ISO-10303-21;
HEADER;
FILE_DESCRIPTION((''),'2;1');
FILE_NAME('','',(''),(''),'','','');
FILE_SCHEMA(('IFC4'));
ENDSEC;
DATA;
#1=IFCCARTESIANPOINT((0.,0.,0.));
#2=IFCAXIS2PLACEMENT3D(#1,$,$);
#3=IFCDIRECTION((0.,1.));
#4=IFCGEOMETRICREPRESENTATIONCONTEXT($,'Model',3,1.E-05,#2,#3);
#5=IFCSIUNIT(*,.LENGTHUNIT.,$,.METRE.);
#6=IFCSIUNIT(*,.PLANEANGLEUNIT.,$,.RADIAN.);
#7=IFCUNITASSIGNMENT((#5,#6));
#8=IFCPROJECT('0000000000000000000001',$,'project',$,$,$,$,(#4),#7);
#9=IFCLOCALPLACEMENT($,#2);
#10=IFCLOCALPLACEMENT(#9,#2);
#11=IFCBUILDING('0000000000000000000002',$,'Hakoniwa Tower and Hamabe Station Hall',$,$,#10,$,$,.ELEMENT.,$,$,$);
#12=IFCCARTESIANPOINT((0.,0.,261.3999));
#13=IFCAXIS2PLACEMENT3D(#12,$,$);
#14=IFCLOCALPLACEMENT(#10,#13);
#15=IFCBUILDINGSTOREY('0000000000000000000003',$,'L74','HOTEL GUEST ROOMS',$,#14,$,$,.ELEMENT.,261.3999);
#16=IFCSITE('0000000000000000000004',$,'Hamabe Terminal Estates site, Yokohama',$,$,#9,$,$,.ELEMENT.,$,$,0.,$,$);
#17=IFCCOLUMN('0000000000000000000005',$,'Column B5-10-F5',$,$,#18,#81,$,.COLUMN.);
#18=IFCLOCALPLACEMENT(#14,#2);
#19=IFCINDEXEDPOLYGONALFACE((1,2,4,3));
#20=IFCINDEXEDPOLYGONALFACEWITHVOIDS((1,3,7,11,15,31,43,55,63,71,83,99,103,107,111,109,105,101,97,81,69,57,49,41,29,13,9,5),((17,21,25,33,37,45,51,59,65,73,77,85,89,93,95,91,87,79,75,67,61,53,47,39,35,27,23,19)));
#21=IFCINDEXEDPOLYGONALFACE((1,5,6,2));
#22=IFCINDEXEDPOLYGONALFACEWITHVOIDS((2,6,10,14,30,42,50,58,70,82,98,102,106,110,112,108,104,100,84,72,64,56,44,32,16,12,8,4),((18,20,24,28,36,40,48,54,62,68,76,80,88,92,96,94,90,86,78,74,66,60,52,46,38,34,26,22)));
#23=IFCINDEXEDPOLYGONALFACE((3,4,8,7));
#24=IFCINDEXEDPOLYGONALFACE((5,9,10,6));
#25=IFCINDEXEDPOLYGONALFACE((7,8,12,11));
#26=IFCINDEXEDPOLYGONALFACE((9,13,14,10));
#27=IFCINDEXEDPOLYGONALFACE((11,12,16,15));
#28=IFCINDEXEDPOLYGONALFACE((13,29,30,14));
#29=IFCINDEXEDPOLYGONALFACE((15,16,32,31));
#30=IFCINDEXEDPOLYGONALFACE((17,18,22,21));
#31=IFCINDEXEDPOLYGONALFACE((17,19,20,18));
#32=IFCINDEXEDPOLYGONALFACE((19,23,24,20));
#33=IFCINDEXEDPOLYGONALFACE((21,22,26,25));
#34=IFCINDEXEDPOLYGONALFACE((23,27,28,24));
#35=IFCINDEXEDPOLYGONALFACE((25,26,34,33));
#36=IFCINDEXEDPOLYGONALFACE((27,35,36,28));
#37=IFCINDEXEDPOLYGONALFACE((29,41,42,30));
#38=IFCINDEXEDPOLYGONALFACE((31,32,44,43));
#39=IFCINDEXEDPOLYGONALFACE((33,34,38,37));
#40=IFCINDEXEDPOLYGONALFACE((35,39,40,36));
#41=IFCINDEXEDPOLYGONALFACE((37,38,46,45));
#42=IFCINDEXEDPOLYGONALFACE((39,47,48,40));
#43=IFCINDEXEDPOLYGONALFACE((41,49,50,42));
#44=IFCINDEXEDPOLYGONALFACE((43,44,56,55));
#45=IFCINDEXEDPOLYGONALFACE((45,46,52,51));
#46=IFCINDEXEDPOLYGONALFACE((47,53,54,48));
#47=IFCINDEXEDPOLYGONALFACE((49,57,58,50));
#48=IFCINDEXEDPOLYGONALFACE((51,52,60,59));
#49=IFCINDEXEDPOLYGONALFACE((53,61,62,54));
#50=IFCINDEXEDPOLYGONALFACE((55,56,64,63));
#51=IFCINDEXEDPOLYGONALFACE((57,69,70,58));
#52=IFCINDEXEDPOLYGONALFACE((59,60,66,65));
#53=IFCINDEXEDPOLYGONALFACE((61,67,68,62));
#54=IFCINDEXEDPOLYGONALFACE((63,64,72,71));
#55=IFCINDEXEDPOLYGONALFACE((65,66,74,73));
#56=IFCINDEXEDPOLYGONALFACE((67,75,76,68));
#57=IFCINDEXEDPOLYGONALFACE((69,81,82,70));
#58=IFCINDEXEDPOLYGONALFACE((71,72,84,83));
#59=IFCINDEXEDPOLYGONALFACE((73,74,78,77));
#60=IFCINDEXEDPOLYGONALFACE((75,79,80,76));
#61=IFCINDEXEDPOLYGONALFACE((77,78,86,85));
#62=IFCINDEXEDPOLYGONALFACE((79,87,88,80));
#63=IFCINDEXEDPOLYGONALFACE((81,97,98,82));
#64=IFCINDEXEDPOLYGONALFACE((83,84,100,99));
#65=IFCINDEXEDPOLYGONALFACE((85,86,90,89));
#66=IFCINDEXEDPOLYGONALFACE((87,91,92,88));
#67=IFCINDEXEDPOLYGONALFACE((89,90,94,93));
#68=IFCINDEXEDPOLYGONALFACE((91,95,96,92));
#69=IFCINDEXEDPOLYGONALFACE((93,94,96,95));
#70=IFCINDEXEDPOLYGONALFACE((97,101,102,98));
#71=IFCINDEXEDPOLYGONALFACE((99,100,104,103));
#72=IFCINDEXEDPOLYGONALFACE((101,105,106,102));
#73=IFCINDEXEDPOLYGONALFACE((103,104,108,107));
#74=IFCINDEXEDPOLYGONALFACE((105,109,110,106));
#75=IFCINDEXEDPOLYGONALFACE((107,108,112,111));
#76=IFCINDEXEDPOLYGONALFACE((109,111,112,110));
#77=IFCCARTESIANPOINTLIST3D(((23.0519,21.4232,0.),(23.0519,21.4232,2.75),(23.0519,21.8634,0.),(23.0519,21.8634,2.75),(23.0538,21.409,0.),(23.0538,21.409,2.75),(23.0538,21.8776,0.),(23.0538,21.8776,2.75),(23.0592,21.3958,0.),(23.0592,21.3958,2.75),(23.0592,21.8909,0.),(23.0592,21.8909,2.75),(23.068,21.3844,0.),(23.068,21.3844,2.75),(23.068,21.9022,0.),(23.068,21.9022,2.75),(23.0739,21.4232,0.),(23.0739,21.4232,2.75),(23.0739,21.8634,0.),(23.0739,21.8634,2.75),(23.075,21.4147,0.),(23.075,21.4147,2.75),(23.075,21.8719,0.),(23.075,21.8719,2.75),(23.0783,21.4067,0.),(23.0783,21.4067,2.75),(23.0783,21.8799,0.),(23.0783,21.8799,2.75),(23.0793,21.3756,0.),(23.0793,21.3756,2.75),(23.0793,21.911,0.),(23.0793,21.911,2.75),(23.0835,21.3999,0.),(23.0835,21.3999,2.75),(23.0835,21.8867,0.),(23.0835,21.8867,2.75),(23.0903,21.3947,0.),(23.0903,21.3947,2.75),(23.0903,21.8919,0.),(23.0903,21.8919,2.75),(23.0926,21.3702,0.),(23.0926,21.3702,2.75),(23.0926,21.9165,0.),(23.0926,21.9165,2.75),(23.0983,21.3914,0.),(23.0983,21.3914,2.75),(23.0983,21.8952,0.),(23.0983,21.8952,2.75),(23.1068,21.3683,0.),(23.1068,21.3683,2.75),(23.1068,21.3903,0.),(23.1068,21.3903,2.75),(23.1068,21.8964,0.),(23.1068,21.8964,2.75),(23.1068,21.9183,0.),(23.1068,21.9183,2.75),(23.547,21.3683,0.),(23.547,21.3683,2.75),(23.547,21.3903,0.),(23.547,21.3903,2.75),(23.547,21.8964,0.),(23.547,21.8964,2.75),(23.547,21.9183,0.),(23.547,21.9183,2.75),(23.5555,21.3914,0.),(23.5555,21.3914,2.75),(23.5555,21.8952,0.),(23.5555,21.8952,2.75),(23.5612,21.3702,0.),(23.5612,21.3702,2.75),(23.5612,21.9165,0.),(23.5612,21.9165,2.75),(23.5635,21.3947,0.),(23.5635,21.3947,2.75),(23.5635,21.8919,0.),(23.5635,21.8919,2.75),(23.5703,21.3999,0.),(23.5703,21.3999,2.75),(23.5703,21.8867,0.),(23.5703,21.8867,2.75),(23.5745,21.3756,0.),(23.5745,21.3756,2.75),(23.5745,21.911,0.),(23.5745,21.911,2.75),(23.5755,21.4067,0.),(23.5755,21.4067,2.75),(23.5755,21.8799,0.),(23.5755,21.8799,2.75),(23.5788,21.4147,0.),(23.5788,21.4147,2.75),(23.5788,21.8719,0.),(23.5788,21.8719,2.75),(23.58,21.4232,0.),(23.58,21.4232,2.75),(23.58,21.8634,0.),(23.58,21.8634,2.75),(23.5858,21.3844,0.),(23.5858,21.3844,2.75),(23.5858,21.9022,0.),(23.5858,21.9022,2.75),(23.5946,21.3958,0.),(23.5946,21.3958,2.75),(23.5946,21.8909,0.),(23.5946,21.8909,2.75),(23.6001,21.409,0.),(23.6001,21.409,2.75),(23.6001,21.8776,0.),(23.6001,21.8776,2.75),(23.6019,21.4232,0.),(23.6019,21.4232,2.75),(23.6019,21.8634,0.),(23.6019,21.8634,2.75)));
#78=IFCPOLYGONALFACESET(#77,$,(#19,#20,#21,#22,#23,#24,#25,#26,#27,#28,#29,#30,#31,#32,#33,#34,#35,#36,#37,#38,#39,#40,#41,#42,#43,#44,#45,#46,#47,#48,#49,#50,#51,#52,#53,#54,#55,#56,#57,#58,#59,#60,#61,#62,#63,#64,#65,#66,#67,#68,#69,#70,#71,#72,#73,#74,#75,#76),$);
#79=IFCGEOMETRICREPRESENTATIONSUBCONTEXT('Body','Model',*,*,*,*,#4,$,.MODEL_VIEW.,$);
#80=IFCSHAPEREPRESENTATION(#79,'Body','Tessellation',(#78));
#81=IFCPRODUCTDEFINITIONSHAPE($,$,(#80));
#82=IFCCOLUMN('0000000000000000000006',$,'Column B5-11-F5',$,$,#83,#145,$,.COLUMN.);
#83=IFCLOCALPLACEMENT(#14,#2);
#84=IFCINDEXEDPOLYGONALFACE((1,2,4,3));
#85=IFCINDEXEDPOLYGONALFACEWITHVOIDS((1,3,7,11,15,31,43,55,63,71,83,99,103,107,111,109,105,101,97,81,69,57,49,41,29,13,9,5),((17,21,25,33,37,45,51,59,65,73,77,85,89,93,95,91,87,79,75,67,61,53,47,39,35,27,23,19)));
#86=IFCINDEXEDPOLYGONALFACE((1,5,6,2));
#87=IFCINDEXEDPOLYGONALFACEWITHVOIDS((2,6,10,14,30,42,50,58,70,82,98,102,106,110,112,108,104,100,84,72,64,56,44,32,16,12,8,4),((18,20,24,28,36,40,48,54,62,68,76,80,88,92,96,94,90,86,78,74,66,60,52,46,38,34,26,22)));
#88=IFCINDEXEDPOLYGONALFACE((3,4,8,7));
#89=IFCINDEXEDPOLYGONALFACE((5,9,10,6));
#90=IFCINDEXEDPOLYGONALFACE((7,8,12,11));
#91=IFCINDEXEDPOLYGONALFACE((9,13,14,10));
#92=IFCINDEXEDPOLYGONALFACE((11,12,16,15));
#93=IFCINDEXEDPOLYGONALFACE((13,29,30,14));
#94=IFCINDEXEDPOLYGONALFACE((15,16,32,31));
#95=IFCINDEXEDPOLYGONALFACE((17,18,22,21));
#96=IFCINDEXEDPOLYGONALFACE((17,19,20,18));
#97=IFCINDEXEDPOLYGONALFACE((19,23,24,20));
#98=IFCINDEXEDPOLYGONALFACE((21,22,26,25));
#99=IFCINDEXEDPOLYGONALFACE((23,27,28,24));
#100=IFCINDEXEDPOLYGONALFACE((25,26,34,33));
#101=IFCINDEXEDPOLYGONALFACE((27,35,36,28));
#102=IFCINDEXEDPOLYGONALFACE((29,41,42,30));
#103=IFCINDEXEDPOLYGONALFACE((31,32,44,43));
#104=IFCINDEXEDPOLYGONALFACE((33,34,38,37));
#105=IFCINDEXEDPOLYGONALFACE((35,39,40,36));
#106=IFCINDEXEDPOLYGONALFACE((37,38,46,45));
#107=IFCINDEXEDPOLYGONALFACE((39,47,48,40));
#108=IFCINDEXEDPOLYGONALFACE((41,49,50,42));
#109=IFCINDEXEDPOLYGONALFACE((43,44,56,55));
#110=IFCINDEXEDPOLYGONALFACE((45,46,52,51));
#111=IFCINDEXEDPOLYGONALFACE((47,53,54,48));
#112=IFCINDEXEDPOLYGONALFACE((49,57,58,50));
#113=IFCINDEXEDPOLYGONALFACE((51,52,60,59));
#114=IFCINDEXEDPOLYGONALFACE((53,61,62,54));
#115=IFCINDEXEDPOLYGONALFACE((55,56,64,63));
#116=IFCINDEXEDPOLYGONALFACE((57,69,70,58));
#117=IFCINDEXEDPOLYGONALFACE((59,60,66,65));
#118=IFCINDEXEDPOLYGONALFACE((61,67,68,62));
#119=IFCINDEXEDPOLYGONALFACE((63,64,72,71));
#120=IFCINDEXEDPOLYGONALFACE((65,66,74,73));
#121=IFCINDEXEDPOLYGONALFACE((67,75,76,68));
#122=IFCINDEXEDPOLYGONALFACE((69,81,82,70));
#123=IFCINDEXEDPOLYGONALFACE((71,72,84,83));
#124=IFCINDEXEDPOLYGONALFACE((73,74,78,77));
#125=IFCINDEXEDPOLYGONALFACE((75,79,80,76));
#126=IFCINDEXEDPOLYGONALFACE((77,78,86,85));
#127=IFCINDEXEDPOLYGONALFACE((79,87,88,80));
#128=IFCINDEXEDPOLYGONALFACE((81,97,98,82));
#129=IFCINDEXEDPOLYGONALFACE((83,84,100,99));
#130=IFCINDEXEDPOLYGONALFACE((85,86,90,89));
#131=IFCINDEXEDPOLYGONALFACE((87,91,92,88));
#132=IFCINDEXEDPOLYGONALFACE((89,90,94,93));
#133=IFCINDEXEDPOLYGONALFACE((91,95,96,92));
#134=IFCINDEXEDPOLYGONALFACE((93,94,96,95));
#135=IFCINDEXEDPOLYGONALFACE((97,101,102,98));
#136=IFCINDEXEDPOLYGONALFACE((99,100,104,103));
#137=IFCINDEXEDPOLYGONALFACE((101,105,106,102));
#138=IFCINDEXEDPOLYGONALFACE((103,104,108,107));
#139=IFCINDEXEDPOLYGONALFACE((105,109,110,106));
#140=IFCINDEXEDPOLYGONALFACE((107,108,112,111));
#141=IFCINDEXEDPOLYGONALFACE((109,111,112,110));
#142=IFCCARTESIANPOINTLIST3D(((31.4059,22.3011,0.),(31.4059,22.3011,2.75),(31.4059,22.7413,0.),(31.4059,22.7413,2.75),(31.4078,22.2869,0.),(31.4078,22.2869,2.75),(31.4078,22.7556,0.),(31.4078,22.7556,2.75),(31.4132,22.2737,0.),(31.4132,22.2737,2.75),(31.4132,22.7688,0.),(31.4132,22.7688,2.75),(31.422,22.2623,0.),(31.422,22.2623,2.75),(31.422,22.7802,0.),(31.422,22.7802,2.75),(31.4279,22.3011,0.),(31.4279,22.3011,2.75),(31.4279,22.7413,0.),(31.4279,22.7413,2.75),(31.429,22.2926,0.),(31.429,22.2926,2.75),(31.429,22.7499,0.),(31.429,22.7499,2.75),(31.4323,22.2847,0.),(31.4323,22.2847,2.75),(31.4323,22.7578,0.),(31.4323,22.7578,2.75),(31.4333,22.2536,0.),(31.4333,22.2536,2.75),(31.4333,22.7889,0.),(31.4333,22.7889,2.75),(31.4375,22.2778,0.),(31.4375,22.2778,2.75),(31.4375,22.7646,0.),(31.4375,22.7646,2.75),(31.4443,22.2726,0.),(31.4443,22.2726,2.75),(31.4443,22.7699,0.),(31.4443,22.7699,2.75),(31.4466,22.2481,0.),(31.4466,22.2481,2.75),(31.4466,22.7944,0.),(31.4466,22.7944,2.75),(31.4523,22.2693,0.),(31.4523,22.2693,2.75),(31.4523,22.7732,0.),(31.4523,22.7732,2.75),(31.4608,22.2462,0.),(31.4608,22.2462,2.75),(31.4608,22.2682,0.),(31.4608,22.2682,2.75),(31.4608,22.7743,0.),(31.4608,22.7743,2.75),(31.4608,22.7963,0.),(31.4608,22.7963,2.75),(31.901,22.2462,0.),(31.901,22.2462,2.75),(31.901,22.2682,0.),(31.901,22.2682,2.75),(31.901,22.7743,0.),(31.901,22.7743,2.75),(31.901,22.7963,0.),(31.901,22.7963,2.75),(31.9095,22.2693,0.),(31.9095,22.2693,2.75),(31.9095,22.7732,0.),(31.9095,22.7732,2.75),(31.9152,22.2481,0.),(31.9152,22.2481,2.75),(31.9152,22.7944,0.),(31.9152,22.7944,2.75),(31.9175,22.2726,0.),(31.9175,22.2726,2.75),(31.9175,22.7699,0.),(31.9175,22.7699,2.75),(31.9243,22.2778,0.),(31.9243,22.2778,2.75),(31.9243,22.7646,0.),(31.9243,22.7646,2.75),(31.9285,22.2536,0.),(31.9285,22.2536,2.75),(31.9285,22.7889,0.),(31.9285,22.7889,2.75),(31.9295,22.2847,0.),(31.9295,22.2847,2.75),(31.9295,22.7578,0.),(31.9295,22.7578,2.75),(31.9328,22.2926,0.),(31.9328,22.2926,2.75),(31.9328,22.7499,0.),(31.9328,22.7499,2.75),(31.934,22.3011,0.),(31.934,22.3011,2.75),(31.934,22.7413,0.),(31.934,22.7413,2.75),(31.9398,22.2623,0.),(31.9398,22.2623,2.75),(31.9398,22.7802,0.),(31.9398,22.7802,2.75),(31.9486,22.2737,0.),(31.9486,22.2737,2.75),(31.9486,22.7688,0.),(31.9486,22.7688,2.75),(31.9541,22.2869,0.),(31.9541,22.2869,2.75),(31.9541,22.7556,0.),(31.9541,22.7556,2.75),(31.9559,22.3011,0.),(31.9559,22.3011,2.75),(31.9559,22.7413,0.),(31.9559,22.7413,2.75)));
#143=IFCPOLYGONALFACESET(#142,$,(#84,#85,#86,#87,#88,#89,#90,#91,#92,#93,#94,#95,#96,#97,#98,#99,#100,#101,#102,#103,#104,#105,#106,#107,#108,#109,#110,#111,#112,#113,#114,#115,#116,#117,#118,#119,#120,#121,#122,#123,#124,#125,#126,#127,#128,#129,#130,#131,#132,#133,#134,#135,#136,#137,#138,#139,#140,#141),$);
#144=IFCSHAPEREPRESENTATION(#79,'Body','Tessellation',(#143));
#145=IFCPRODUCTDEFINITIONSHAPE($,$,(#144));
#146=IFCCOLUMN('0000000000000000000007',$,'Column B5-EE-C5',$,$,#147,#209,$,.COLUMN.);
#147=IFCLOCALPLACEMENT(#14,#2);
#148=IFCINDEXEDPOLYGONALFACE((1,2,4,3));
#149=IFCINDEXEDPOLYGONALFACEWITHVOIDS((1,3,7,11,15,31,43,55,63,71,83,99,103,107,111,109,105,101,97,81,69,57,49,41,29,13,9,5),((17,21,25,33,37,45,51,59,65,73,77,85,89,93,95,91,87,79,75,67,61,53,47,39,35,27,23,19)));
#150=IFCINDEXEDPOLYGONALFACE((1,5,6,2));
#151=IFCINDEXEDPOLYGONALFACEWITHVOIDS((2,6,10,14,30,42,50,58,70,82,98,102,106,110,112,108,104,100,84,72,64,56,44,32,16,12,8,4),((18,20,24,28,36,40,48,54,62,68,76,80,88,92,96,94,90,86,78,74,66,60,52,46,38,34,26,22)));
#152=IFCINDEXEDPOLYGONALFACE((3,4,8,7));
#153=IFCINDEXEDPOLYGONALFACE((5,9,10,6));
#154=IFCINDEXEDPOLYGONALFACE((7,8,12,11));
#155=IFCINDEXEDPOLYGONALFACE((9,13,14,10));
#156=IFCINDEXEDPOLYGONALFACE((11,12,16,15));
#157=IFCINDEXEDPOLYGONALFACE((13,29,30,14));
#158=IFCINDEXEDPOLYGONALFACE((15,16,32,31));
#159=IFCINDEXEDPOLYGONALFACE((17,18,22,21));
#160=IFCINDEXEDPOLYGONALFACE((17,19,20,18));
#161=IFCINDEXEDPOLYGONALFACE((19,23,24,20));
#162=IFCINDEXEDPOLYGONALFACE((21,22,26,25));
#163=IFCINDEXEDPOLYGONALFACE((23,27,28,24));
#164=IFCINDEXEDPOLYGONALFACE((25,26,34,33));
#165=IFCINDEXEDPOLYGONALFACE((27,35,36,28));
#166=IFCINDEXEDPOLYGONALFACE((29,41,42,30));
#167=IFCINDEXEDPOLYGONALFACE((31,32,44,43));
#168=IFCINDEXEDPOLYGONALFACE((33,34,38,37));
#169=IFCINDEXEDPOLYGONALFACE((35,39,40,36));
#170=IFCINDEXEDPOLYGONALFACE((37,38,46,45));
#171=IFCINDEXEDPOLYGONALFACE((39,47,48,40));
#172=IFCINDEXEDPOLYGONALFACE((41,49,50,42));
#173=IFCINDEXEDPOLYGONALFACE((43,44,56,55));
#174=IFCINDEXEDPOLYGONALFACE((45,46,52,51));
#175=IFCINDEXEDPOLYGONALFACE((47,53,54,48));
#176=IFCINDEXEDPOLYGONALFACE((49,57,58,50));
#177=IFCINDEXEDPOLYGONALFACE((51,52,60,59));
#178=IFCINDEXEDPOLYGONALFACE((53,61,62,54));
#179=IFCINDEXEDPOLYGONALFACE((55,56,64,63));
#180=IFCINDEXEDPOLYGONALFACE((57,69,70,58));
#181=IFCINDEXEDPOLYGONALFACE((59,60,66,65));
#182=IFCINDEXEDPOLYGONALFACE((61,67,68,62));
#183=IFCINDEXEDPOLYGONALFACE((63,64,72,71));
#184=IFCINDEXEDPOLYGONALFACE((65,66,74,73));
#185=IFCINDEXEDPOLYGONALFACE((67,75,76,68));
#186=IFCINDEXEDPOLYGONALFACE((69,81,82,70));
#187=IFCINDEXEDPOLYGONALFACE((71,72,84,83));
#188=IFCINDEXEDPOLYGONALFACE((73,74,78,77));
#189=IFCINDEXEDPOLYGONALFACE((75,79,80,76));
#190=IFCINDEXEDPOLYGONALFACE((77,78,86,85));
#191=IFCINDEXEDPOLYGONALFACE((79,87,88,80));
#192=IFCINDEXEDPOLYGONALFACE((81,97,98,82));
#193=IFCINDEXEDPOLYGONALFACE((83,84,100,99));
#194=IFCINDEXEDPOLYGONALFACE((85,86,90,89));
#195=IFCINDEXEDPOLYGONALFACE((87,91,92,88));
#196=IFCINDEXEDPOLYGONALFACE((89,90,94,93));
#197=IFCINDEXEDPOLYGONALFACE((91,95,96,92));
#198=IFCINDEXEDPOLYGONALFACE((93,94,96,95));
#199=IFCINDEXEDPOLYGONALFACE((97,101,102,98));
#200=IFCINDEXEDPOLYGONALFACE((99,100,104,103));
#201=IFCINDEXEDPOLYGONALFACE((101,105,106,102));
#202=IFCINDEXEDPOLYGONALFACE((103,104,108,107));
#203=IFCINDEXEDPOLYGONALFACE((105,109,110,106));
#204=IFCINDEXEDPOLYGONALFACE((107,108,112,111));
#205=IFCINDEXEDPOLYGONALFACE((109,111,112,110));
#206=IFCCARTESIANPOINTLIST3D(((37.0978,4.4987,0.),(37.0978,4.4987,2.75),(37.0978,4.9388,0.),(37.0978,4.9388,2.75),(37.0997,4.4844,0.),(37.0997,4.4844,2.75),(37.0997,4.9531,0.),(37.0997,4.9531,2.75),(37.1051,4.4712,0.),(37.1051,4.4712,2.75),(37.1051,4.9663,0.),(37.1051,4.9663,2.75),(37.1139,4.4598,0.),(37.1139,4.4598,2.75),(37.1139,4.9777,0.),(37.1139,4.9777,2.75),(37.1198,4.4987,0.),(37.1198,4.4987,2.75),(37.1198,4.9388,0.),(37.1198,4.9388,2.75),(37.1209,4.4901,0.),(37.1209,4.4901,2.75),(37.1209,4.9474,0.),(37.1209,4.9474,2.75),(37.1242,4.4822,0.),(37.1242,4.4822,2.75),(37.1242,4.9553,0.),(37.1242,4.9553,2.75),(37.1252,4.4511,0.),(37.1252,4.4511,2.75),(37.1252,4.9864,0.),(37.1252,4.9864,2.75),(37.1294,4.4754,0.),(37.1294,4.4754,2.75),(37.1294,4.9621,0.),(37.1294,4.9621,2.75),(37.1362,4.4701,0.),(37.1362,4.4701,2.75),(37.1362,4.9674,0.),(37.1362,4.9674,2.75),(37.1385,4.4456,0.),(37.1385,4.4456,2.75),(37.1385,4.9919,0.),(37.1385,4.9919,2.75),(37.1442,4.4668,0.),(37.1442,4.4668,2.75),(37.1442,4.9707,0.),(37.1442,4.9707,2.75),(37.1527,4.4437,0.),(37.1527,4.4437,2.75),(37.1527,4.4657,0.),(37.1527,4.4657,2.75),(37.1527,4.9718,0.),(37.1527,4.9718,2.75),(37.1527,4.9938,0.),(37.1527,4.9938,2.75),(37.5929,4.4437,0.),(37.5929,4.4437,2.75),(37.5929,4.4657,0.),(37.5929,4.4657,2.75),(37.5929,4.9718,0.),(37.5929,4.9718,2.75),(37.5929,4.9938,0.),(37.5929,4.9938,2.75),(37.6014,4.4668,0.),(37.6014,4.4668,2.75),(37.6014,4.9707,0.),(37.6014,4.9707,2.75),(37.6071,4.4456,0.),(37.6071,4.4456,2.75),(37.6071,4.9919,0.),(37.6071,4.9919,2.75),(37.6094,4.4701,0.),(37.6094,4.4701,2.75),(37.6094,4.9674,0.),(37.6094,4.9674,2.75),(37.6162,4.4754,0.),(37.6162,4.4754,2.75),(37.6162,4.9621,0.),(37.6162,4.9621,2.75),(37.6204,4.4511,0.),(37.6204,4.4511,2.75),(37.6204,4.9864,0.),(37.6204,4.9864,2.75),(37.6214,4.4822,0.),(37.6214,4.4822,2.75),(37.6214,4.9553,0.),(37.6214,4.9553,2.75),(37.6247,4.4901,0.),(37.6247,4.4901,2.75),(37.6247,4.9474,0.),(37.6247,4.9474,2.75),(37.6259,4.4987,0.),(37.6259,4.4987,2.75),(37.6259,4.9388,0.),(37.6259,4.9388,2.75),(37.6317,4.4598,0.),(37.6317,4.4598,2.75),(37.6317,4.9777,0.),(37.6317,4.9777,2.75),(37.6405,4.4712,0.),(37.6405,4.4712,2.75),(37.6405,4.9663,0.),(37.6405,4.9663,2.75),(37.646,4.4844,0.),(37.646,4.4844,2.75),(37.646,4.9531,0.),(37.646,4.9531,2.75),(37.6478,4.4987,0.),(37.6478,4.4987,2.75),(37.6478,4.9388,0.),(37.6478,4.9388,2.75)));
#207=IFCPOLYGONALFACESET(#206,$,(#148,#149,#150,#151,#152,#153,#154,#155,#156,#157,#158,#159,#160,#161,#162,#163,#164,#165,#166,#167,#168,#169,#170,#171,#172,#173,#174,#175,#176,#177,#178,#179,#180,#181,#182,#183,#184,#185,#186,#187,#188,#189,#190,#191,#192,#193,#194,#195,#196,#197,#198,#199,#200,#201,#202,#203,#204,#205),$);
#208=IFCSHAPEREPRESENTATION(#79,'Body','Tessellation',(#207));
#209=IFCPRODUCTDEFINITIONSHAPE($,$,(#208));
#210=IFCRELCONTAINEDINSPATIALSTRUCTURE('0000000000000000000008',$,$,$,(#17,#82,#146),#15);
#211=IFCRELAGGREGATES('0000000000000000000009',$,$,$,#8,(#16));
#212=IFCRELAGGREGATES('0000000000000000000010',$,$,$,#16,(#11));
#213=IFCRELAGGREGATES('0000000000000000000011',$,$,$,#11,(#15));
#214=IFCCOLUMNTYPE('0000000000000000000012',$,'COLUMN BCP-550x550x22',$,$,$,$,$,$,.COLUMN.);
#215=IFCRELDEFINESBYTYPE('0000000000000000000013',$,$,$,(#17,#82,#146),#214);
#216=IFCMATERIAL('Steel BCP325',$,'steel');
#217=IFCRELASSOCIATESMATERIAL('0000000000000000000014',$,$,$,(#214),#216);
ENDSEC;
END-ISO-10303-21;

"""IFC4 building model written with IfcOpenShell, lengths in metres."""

from ifc_helpers import new_model, si_unit, direction, frame, origin, origin_2d, place, context, subcontext, project, spatial, hollow_rectangle, extrude, material, material_profile, profile_set, type_object, element, save


model = new_model("IFC4")

# Units and contexts
model_context = context("Model", 3, precision=1e-05, world=origin(), true_north=direction((0.0, 1.0)))
body_context = subcontext(model_context, "Body", "Model", "MODEL_VIEW")
ifc_project = project(units=[si_unit("LENGTHUNIT", "METRE"), si_unit("PLANEANGLEUNIT", "RADIAN")], contexts=[model_context])

# Site, building, storey
site_placement = place(None, origin())
site = spatial("IfcSite", under=ifc_project, at=site_placement, Name="Hamabe Terminal Estates site, Yokohama", CompositionType="ELEMENT", RefElevation=0.0)
building_placement = place(site_placement, origin())
building = spatial("IfcBuilding", under=site, at=building_placement, Name="Hakoniwa Tower and Hamabe Station Hall", CompositionType="ELEMENT")
storey_placement = place(building_placement, frame((0.0, 0.0, 261.3999)))
storey = spatial("IfcBuildingStorey", under=building, at=storey_placement, Name="L74", Description="HOTEL GUEST ROOMS", CompositionType="ELEMENT", Elevation=261.3999)

# Columns
ifc_material_1 = material(Name="Steel BCP325", Category="steel")
ifc_material_profile_1 = material_profile(ifc_material_1, hollow_rectangle(XDim=0.55, YDim=0.55, WallThickness=0.022, InnerFilletRadius=0.033, OuterFilletRadius=0.0549, at=origin_2d()), Name="BCP-550x550x22")
ifc_profile_set_1 = profile_set([ifc_material_profile_1], Name="Steel BCP325")
column_type = type_object("IfcColumnType", Name="COLUMN BCP-550x550x22", PredefinedType="COLUMN", material=ifc_profile_set_1)
for number, where, z_axis, x_axis, name in (
    (1, (23.3269, 21.6433, 0.0), (0.0, 0.0, 1.0), (1.0, 0.0, 0.0), "Column B5-10-F5"),
    (2, (31.6809, 22.5212, 0.0), (0.0, 0.0, 1.0), (1.0, 0.0, 0.0), "Column B5-11-F5"),
    (3, (37.3728, 4.7188, 0.0), (0.0, 0.0, 1.0), (1.0, 0.0, 0.0), "Column B5-EE-C5"),
):
    element("IfcColumn", number, at=place(storey_placement, frame(where, z_axis=z_axis, x_axis=x_axis)), inside=storey, type_object=column_type, Name=name, PredefinedType="COLUMN", context=body_context, shape_type="SweptSolid", body=[
        extrude(hollow_rectangle(XDim=0.55, YDim=0.55, WallThickness=0.022, InnerFilletRadius=0.033, OuterFilletRadius=0.0549, at=origin_2d()), origin(), (0.0, 0.0, 1.0), 2.75),
    ])

save(model, "model.ifc")
